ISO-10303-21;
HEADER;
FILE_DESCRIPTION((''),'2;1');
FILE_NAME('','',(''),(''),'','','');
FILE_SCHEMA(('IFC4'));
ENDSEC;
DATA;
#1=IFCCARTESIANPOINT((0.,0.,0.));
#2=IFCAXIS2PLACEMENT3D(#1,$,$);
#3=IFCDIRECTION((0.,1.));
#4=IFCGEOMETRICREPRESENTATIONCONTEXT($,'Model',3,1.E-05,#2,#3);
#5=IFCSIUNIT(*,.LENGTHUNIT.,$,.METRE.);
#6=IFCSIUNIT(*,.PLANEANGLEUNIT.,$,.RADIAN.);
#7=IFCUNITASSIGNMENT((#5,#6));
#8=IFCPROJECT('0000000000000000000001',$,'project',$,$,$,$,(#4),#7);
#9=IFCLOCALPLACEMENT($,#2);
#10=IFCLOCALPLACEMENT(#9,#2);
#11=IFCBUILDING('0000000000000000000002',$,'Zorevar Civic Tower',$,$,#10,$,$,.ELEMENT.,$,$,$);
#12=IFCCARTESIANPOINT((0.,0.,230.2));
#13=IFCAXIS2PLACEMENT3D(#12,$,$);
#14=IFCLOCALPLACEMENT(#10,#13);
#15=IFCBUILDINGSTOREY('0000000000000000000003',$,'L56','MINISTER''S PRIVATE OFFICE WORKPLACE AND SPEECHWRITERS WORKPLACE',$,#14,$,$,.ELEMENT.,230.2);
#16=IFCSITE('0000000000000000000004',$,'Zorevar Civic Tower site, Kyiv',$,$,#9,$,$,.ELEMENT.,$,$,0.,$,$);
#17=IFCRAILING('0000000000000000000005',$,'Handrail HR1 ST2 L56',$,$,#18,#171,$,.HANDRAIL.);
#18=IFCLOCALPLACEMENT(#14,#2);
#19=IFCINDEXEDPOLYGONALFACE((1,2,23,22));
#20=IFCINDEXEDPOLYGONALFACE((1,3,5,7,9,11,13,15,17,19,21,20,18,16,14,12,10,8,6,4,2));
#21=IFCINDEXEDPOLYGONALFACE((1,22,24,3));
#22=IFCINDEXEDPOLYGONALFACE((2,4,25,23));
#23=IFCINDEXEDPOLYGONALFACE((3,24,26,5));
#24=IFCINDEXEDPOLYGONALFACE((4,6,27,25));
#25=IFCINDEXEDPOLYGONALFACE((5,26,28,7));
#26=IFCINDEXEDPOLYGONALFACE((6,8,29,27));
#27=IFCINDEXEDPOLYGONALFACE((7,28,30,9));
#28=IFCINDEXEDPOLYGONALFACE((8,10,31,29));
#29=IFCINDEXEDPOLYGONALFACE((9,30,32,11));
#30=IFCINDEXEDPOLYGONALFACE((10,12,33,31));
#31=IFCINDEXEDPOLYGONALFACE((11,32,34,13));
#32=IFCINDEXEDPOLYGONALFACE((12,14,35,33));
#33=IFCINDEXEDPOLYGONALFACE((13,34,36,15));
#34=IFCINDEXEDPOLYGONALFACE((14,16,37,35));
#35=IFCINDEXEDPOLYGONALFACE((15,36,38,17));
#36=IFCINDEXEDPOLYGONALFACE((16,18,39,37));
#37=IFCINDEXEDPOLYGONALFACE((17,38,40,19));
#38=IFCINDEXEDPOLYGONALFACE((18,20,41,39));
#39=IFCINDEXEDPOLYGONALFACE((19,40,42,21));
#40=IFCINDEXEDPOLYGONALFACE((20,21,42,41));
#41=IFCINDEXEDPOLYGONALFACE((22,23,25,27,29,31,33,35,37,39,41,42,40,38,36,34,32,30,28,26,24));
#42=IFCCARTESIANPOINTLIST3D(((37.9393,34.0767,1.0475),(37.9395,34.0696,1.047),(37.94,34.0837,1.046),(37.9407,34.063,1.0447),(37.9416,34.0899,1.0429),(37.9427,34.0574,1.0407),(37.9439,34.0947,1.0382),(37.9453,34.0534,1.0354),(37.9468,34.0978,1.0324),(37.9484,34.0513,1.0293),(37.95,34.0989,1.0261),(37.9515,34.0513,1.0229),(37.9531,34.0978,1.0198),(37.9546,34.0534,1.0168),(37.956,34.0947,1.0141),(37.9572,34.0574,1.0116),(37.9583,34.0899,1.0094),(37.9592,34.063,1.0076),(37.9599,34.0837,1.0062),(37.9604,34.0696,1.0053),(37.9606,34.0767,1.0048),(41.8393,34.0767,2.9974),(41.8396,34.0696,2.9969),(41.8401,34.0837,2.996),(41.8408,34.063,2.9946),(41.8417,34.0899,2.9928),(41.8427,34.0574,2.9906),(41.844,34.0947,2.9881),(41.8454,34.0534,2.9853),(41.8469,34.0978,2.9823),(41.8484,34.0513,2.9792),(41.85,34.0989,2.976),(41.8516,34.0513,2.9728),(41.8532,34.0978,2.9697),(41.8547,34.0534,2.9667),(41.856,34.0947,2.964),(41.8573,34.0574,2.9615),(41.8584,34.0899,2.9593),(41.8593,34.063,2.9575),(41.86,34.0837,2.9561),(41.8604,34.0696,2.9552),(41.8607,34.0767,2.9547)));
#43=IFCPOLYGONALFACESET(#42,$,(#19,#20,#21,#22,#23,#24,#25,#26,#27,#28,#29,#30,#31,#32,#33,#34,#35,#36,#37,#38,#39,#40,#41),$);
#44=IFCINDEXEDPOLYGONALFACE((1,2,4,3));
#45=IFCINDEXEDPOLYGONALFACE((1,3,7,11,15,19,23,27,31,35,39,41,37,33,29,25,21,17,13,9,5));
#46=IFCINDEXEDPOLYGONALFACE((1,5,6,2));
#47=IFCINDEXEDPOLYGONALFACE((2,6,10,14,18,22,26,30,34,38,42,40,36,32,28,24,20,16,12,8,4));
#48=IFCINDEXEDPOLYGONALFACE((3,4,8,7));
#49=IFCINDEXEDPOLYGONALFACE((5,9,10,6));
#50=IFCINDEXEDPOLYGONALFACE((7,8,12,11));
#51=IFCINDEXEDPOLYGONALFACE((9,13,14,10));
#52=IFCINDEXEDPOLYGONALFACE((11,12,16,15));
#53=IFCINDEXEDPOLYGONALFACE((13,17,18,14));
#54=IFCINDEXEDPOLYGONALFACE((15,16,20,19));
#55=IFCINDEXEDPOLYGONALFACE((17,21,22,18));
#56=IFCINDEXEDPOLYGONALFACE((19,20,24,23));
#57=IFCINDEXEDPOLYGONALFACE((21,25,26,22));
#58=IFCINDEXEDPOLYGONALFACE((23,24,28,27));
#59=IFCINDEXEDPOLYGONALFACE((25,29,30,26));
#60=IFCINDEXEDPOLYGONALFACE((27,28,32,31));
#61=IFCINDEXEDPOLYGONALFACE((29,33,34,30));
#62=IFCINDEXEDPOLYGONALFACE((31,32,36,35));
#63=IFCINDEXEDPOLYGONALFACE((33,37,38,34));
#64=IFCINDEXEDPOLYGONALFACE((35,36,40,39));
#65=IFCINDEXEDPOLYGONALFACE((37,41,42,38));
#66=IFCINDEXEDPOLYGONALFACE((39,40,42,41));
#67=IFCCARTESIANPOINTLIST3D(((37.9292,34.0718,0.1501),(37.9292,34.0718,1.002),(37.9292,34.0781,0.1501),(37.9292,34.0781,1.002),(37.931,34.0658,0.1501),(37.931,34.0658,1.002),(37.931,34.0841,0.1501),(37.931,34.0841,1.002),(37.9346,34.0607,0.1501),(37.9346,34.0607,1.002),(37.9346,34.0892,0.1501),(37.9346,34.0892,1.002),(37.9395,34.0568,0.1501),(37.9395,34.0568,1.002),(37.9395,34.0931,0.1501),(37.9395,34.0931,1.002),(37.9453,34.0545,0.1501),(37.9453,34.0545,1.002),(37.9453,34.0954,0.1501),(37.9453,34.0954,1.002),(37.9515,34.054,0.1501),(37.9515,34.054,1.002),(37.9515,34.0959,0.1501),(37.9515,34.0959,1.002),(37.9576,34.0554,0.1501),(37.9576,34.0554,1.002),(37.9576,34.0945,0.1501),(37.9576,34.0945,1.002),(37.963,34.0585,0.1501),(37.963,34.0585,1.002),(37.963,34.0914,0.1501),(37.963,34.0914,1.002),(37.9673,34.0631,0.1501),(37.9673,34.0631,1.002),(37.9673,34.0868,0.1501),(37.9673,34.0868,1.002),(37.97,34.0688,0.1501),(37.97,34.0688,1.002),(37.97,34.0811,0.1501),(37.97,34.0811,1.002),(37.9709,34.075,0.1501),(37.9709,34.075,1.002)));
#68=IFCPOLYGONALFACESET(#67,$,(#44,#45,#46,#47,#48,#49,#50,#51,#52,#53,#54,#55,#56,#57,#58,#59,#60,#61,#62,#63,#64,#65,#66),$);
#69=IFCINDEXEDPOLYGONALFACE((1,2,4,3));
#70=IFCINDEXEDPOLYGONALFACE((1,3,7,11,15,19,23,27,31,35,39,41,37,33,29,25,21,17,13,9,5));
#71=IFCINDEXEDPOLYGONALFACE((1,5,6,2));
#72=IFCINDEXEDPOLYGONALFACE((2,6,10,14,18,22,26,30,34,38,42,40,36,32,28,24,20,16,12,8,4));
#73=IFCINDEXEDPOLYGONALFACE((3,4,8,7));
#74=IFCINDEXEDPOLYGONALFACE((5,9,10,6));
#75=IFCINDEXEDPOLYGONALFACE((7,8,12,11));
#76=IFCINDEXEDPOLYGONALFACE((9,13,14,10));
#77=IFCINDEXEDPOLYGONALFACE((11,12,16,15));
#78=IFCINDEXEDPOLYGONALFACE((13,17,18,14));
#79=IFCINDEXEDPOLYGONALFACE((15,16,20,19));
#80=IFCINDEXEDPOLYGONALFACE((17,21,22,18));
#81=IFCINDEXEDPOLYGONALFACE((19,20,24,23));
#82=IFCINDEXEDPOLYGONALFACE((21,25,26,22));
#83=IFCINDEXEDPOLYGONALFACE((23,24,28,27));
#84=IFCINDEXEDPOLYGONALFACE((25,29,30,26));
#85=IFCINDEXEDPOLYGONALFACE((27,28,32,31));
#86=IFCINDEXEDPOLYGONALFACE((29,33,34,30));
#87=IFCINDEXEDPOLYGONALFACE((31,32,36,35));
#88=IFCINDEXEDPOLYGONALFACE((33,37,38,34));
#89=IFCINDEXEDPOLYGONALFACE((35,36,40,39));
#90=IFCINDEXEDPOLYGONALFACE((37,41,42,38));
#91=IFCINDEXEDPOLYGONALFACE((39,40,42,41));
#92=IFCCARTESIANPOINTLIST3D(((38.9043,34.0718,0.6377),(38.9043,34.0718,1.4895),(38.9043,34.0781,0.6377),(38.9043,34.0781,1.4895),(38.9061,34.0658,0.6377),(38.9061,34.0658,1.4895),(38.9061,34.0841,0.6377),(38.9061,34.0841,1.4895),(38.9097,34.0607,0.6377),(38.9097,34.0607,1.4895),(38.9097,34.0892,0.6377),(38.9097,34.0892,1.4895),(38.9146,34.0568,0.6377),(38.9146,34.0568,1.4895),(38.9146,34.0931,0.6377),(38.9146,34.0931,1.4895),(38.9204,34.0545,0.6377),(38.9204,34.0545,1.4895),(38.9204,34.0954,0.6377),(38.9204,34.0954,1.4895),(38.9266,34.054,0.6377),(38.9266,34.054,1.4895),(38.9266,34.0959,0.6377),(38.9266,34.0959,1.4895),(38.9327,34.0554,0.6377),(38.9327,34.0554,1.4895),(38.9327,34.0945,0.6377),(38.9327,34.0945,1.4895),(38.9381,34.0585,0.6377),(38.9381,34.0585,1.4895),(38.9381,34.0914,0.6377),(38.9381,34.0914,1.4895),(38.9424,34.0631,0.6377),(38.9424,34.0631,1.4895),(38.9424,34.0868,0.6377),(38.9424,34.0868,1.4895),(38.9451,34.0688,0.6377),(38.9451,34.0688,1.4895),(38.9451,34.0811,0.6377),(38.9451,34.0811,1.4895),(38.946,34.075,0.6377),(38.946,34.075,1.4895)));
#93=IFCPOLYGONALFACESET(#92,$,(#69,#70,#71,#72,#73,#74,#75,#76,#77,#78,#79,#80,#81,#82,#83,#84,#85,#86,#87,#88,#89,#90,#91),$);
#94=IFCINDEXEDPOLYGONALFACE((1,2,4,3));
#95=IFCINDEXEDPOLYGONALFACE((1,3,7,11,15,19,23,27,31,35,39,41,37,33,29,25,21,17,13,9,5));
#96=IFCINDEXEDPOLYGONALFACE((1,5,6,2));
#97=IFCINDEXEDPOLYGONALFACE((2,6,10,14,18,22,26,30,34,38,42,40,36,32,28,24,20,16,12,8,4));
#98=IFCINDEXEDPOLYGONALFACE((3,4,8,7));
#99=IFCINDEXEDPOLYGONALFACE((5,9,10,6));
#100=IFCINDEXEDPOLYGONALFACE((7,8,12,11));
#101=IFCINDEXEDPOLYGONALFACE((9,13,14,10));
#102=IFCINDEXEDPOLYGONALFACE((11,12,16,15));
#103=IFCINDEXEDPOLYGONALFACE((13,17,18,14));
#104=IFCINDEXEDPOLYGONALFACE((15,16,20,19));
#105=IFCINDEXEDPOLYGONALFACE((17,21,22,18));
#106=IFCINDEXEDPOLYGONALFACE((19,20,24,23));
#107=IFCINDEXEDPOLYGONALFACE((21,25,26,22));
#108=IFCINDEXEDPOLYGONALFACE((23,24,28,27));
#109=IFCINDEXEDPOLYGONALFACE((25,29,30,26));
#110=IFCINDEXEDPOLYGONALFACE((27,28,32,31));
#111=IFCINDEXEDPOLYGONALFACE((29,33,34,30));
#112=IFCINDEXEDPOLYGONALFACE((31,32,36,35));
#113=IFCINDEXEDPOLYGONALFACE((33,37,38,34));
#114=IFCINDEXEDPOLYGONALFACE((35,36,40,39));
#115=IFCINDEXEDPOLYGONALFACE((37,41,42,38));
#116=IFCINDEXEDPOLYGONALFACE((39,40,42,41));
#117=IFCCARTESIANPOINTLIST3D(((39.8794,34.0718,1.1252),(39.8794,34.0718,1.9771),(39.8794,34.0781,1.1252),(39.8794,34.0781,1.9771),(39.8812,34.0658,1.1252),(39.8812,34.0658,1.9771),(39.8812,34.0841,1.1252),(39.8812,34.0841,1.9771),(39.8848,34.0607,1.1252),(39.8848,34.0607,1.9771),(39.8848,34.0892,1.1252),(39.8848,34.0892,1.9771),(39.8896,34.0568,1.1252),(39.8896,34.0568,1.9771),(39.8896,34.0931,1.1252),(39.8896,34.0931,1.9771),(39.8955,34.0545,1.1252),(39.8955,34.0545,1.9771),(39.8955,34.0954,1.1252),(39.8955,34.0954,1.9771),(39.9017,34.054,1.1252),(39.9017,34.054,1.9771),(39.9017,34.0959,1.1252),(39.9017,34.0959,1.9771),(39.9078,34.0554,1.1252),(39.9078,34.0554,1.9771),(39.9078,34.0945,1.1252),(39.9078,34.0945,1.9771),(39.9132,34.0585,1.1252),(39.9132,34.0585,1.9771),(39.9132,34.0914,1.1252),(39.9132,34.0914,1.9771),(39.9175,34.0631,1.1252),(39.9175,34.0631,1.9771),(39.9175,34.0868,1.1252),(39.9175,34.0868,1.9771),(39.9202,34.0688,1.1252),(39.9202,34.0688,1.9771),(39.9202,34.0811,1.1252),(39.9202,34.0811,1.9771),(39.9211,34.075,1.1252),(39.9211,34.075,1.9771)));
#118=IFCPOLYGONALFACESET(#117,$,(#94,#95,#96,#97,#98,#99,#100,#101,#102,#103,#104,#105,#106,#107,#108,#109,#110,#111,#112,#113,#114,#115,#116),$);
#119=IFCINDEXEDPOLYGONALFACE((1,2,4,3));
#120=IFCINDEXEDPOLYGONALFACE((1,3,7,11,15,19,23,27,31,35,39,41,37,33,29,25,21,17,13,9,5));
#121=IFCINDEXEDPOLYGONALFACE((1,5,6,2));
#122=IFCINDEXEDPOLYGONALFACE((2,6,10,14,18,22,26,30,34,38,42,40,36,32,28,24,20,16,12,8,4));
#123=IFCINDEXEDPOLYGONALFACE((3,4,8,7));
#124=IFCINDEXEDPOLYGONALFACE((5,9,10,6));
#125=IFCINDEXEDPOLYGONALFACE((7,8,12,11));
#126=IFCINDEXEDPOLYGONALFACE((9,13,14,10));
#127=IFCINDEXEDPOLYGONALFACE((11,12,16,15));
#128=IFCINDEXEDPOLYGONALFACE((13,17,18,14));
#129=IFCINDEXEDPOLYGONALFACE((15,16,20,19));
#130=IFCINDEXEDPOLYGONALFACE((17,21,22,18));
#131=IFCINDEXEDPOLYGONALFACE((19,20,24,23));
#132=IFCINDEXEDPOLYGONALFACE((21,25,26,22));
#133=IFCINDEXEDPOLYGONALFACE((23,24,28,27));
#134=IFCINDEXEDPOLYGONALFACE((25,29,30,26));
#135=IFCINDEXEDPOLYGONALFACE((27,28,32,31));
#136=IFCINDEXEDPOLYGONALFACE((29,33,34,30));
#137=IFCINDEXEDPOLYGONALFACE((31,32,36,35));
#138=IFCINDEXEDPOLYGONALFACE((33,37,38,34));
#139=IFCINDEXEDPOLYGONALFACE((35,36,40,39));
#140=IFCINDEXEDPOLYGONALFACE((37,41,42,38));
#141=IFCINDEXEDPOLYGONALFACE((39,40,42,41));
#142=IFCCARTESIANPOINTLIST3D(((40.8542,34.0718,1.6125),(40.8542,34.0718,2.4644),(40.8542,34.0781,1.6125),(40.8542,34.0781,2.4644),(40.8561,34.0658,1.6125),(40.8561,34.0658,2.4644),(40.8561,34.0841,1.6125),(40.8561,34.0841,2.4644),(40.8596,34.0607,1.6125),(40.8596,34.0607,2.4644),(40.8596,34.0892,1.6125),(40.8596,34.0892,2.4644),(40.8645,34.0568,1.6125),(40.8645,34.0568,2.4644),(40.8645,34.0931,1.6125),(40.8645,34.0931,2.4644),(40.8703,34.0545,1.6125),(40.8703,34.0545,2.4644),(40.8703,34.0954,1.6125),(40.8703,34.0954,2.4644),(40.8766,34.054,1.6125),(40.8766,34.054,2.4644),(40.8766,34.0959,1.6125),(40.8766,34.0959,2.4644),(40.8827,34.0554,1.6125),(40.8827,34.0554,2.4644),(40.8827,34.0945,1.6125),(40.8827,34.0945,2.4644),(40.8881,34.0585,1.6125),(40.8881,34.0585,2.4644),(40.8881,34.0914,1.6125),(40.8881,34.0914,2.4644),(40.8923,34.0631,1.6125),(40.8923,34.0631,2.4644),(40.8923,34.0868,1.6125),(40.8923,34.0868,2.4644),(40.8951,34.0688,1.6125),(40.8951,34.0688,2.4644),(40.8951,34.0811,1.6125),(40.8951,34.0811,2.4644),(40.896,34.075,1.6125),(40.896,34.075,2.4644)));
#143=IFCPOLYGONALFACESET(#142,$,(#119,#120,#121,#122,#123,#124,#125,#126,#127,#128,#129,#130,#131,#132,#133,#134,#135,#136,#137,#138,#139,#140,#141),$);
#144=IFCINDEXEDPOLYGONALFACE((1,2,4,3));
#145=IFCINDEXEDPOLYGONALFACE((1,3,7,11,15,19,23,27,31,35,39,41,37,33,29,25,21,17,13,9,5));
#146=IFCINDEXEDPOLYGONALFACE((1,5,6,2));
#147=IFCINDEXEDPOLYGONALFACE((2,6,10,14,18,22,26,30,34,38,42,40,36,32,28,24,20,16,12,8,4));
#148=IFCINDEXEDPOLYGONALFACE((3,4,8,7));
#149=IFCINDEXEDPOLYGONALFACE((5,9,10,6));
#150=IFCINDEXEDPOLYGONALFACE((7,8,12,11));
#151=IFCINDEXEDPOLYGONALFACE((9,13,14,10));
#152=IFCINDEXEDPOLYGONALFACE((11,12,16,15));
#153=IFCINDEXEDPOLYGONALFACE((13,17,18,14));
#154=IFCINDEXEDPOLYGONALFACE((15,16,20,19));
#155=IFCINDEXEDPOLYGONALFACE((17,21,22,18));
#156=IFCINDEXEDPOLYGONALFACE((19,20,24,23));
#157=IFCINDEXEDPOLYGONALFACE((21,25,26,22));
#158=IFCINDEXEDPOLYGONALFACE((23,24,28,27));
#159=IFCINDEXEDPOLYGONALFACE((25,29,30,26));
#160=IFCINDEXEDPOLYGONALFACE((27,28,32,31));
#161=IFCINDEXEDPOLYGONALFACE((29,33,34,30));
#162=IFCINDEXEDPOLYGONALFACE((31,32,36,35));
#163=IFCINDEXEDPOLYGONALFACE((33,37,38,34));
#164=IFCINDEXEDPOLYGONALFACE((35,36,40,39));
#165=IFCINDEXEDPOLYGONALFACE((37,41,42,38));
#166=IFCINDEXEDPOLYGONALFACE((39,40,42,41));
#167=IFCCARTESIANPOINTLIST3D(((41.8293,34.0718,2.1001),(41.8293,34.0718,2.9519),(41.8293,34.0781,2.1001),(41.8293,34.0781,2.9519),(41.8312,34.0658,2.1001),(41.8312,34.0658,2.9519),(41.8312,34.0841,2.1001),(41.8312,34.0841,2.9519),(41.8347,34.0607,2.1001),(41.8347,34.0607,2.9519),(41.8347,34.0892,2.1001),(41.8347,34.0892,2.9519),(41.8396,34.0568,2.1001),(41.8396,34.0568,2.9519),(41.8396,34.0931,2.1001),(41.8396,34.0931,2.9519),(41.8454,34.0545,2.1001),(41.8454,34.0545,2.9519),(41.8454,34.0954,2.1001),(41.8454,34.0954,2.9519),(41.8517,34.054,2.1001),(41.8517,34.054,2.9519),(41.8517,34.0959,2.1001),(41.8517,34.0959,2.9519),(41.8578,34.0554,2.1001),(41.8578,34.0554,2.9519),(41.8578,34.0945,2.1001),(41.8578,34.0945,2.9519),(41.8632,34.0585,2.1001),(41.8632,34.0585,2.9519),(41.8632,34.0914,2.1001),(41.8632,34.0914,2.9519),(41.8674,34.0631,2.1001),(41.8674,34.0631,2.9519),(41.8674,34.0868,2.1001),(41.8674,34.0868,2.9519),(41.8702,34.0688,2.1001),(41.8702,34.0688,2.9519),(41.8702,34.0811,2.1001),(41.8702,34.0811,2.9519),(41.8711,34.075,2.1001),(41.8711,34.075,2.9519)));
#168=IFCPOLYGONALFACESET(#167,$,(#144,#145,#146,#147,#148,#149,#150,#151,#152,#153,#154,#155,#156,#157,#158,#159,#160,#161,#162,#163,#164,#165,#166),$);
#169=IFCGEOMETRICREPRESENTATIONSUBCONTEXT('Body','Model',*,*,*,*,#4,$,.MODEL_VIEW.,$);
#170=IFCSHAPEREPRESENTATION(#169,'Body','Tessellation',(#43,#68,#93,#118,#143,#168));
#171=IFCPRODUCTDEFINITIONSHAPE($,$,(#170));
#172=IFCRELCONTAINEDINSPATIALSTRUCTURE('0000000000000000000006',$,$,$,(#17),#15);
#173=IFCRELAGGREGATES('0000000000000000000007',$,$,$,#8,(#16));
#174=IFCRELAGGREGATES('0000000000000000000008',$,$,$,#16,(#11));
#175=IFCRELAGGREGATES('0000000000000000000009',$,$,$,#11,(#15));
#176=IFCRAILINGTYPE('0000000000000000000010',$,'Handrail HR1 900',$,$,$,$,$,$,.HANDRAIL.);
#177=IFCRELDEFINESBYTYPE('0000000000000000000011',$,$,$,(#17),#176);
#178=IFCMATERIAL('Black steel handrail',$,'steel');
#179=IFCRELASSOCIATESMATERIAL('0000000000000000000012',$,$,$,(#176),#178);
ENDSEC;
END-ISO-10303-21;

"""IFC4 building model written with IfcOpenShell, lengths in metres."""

from ifc_helpers import new_model, si_unit, direction, frame, origin, origin_2d, place, context, subcontext, project, spatial, circle, extrude, material, type_object, element, save


model = new_model("IFC4")

# Units and contexts
model_context = context("Model", 3, precision=1e-05, world=origin(), true_north=direction((0.0, 1.0)))
body_context = subcontext(model_context, "Body", "Model", "MODEL_VIEW")
ifc_project = project(units=[si_unit("LENGTHUNIT", "METRE"), si_unit("PLANEANGLEUNIT", "RADIAN")], contexts=[model_context])

# Site, building, storey
site_placement = place(None, origin())
site = spatial("IfcSite", under=ifc_project, at=site_placement, Name="Zorevar Civic Tower site, Kyiv", CompositionType="ELEMENT", RefElevation=0.0)
building_placement = place(site_placement, origin())
building = spatial("IfcBuilding", under=site, at=building_placement, Name="Zorevar Civic Tower", CompositionType="ELEMENT")
storey_placement = place(building_placement, frame((0.0, 0.0, 230.2)))
storey = spatial("IfcBuildingStorey", under=building, at=storey_placement, Name="L56", Description="MINISTER'S PRIVATE OFFICE WORKPLACE AND SPEECHWRITERS WORKPLACE", CompositionType="ELEMENT", Elevation=230.2)

# Railing
ifc_material_1 = material(Name="Black steel handrail", Category="steel")
railing_type = type_object("IfcRailingType", Name="Handrail HR1 900", PredefinedType="HANDRAIL", material=ifc_material_1)
railing_placement = place(storey_placement, frame((37.95, 34.075, 0.1501)))
element("IfcRailing", 1, at=railing_placement, inside=storey, type_object=railing_type, Name="Handrail HR1 ST2 L56", PredefinedType="HANDRAIL", context=body_context, shape_type="SweptSolid", body=[
    extrude(circle(Radius=0.0239, at=origin_2d()), frame((0.0, 0.0, 0.876), z_axis=(0.894438, 0.0, 0.447191), x_axis=(0.0, 1.0, 0.0)), (0.0, 0.0, 1.0), 4.3604),
    extrude(circle(Radius=0.021, at=origin_2d()), origin(), (0.0, 0.0, 1.0), 0.8518),
    extrude(circle(Radius=0.021, at=origin_2d()), frame((0.9751, 0.0, 0.4875)), (0.0, 0.0, 1.0), 0.8518),
    extrude(circle(Radius=0.021, at=origin_2d()), frame((1.9502, 0.0, 0.9751)), (0.0, 0.0, 1.0), 0.8518),
    extrude(circle(Radius=0.021, at=origin_2d()), frame((2.925, 0.0, 1.4624)), (0.0, 0.0, 1.0), 0.8518),
    extrude(circle(Radius=0.021, at=origin_2d()), frame((3.9001, 0.0, 1.95)), (0.0, 0.0, 1.0), 0.8518),
])

save(model, "model.ifc")
